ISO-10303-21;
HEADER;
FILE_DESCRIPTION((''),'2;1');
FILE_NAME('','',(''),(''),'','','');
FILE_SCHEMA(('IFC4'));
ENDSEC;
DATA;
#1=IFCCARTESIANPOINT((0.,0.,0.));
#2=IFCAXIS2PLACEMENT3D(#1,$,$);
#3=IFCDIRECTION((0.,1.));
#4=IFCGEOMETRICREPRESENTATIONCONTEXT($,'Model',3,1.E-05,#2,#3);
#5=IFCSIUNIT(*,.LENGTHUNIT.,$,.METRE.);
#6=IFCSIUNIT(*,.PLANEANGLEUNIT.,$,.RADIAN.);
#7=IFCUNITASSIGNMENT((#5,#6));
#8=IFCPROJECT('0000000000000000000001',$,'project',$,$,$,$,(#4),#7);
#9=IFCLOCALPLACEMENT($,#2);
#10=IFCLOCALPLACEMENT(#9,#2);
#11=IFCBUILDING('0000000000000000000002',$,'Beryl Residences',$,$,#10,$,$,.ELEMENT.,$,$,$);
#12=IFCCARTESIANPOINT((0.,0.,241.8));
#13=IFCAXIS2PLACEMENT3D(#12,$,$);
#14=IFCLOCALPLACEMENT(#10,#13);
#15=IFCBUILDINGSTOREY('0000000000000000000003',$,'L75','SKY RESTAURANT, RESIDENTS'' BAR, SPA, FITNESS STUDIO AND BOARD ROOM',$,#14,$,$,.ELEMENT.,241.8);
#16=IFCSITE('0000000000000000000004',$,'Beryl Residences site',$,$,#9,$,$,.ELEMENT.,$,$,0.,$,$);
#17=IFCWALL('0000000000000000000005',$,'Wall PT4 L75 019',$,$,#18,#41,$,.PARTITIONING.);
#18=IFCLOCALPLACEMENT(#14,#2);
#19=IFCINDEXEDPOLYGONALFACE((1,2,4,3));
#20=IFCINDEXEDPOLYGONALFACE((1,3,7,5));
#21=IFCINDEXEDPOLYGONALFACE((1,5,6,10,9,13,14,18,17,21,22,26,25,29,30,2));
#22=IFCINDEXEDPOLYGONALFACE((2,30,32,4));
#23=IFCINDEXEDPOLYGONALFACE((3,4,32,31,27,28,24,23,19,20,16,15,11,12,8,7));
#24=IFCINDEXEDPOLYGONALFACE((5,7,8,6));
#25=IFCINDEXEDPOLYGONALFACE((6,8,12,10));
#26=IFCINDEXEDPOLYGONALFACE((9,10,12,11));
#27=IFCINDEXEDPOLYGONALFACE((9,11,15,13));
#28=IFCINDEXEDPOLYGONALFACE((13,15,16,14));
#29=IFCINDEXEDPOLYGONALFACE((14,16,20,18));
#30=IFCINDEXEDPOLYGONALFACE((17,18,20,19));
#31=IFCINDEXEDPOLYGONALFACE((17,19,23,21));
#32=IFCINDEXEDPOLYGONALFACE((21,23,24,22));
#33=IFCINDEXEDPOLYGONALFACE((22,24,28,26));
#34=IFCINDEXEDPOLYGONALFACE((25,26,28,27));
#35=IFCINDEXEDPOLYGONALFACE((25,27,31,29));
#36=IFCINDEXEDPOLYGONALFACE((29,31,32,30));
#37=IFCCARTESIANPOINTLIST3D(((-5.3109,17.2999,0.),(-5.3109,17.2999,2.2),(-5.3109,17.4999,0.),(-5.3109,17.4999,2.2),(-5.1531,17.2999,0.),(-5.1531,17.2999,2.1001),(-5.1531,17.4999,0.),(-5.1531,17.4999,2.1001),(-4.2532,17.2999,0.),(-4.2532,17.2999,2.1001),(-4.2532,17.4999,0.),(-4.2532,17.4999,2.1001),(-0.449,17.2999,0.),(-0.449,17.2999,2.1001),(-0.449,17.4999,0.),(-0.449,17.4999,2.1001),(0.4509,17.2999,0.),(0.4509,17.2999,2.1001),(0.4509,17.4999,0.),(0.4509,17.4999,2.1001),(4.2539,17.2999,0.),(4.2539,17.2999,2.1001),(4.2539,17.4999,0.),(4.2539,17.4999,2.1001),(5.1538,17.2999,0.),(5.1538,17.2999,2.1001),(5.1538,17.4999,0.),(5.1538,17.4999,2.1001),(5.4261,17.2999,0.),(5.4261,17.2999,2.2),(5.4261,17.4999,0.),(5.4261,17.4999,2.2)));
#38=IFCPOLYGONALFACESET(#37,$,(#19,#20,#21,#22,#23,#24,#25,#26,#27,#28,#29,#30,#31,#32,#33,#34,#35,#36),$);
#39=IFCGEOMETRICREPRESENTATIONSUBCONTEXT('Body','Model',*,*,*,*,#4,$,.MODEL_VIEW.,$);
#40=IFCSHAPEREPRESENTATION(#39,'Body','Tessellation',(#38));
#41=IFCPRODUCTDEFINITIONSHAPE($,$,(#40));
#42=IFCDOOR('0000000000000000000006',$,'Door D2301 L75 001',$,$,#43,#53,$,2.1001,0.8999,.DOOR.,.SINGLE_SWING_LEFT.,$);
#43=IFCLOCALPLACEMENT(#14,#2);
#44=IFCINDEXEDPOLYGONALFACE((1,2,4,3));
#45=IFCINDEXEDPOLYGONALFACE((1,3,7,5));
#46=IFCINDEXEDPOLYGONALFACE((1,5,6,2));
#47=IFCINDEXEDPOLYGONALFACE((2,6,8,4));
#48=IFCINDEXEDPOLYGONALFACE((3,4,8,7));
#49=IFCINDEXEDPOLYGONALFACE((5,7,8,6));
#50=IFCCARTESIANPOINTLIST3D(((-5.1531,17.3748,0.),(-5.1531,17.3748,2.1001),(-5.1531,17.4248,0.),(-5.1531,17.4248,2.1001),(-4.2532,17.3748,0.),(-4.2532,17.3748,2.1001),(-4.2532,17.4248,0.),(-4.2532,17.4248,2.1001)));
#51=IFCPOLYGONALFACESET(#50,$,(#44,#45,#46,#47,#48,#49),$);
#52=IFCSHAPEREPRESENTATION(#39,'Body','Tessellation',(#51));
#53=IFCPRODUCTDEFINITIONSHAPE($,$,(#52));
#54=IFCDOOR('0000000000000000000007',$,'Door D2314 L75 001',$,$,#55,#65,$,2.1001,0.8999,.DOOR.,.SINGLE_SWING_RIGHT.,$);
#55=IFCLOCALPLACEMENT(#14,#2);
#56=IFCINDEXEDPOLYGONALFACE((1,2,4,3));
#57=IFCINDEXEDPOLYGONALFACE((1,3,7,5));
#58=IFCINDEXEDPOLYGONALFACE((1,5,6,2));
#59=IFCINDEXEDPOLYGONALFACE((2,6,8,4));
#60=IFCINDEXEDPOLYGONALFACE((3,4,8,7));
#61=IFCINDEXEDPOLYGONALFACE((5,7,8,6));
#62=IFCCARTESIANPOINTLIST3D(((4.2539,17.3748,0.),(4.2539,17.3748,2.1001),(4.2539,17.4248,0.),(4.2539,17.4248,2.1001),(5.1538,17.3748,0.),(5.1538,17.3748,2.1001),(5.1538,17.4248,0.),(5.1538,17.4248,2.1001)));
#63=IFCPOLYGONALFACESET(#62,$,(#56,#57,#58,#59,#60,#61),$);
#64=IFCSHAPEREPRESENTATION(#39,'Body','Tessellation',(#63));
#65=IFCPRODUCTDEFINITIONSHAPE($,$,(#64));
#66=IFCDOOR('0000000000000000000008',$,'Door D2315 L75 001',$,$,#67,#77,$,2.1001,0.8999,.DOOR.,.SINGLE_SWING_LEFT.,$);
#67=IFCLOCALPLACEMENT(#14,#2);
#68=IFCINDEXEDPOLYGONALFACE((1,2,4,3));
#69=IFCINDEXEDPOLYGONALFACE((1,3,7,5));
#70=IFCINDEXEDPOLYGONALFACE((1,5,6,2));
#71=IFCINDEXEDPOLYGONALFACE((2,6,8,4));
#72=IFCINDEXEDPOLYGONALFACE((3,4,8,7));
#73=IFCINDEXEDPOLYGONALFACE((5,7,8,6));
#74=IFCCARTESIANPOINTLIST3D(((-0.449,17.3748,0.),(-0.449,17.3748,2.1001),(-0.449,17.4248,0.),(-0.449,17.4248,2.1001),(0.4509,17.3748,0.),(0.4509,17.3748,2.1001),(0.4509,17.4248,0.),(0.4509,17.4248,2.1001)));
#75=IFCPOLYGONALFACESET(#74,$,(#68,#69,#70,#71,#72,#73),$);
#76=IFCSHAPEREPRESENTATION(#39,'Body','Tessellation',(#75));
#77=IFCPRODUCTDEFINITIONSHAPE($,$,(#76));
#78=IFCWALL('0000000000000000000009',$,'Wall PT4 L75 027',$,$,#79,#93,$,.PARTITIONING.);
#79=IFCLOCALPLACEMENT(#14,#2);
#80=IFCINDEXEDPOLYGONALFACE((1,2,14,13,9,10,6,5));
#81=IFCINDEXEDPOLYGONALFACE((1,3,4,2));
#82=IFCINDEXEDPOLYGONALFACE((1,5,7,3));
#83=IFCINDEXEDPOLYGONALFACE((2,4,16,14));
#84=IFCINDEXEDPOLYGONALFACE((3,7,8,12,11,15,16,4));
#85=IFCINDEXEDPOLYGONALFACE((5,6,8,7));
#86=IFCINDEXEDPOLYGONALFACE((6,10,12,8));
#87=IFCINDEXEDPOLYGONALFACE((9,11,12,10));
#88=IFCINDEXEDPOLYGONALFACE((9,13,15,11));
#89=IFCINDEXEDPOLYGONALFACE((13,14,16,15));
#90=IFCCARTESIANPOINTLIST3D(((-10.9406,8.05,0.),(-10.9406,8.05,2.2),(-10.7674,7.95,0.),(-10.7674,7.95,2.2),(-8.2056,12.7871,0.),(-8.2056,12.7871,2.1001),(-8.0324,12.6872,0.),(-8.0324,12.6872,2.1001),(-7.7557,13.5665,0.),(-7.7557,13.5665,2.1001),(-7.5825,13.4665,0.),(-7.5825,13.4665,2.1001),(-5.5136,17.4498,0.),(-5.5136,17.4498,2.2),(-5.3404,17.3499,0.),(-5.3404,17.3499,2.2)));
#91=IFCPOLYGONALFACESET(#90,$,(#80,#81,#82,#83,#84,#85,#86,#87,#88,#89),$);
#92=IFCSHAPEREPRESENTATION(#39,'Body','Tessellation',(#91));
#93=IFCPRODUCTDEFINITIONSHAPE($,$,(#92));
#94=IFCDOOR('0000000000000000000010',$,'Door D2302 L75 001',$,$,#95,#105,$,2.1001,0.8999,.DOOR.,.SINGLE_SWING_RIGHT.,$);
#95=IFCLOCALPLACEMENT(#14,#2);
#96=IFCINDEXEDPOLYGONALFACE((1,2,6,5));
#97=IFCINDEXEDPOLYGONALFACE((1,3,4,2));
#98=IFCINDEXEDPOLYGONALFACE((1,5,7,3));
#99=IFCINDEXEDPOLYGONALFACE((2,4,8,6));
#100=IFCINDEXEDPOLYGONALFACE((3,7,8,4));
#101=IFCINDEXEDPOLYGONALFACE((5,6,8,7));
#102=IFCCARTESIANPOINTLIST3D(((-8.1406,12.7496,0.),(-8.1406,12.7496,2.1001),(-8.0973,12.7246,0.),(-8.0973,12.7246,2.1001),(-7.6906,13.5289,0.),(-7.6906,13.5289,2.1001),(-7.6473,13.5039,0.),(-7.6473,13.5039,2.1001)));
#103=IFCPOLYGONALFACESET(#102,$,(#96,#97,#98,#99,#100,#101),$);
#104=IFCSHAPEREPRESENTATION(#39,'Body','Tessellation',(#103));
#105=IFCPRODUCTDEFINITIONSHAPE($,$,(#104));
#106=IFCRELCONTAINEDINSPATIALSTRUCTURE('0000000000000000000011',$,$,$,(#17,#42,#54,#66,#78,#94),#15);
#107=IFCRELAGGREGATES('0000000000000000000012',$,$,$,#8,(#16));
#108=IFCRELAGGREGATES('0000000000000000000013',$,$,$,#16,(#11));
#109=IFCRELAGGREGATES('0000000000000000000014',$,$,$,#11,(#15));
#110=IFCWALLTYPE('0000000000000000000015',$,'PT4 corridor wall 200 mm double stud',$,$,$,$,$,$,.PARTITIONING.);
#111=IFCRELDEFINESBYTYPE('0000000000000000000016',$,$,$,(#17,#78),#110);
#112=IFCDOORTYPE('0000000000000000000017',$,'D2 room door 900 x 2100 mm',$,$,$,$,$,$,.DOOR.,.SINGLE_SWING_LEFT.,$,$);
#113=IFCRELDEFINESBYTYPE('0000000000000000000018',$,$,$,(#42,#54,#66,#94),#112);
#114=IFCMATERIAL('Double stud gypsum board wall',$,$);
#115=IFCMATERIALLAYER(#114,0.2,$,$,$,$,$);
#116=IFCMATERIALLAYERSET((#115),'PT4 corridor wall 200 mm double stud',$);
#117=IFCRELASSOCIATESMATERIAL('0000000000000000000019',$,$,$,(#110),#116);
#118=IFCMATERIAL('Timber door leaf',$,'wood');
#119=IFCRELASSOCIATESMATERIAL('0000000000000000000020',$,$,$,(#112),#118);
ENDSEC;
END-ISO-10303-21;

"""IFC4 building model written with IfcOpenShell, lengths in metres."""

from ifc_helpers import new_model, si_unit, direction, frame, frame_2d, origin, place, context, subcontext, project, spatial, rectangle, extrude, material, layer, layer_set, type_object, element, fill, save


model = new_model("IFC4")

# Units and contexts
model_context = context("Model", 3, precision=1e-05, world=origin(), true_north=direction((0.0, 1.0)))
body_context = subcontext(model_context, "Body", "Model", "MODEL_VIEW")
ifc_project = project(units=[si_unit("LENGTHUNIT", "METRE"), si_unit("PLANEANGLEUNIT", "RADIAN")], contexts=[model_context])

# Site, building, storey
site_placement = place(None, origin())
site = spatial("IfcSite", under=ifc_project, at=site_placement, Name="Beryl Residences site", CompositionType="ELEMENT", RefElevation=0.0)
building_placement = place(site_placement, origin())
building = spatial("IfcBuilding", under=site, at=building_placement, Name="Beryl Residences", CompositionType="ELEMENT")
storey_placement = place(building_placement, frame((0.0, 0.0, 241.8)))
storey = spatial("IfcBuildingStorey", under=building, at=storey_placement, Name="L75", Description="SKY RESTAURANT, RESIDENTS' BAR, SPA, FITNESS STUDIO AND BOARD ROOM", CompositionType="ELEMENT", Elevation=241.8)

# Shared definitions
ifc_material_1 = material(Name="Double stud gypsum board wall")
ifc_layer_1 = layer(ifc_material_1, 0.2)
ifc_layer_set_1 = layer_set([ifc_layer_1], Name="PT4 corridor wall 200 mm double stud")
wall_type_1 = type_object("IfcWallType", Name="PT4 corridor wall 200 mm double stud", PredefinedType="PARTITIONING", material=ifc_layer_set_1)

# Wall, openings, doors
wall_1_placement = place(storey_placement, frame((-5.311, 17.3999, 0.0), z_axis=(0.0, 0.0, 1.0), x_axis=(1.0, 0.0, 0.0)))
wall_1 = element("IfcWall", 1, at=wall_1_placement, inside=storey, type_object=wall_type_1, Name="Wall PT4 L75 019", PredefinedType="PARTITIONING", context=body_context, shape_type="SweptSolid", body=[
    extrude(rectangle(XDim=10.7371, YDim=0.2, at=frame_2d((5.3687, 0.0))), origin(), (0.0, 0.0, 1.0), 2.2),
])
opening_1_placement = place(wall_1_placement, frame((0.158, 0.0, 0.0)))
opening_1 = element("IfcOpeningElement", 2, at=opening_1_placement, cuts=wall_1, PredefinedType="OPENING", context=body_context, shape_type="SweptSolid", body=[
    extrude(rectangle(XDim=0.8999, YDim=2.1001, at=frame_2d((0.45, 1.05))), frame((0.0, 0.1099, 0.0), z_axis=(0.0, -1.0, 0.0), x_axis=(1.0, 0.0, 0.0)), (0.0, 0.0, 1.0), 0.22),
])
opening_2_placement = place(wall_1_placement, frame((9.5649, 0.0, 0.0)))
opening_2 = element("IfcOpeningElement", 3, at=opening_2_placement, cuts=wall_1, PredefinedType="OPENING", context=body_context, shape_type="SweptSolid", body=[
    extrude(rectangle(XDim=0.8999, YDim=2.1001, at=frame_2d((0.45, 1.05))), frame((0.0, 0.1099, 0.0), z_axis=(0.0, -1.0, 0.0), x_axis=(1.0, 0.0, 0.0)), (0.0, 0.0, 1.0), 0.22),
])
opening_3_placement = place(wall_1_placement, frame((4.8621, 0.0, 0.0)))
opening_3 = element("IfcOpeningElement", 4, at=opening_3_placement, cuts=wall_1, PredefinedType="OPENING", context=body_context, shape_type="SweptSolid", body=[
    extrude(rectangle(XDim=0.8999, YDim=2.1001, at=frame_2d((0.45, 1.05))), frame((0.0, 0.1099, 0.0), z_axis=(0.0, -1.0, 0.0), x_axis=(1.0, 0.0, 0.0)), (0.0, 0.0, 1.0), 0.22),
])
ifc_material_2 = material(Name="Timber door leaf", Category="wood")
door_type = type_object("IfcDoorType", Name="D2 room door 900 x 2100 mm", OperationType="SINGLE_SWING_LEFT", PredefinedType="DOOR", material=ifc_material_2)
door_1_placement = place(opening_1_placement, origin())
door_1 = element("IfcDoor", 5, at=door_1_placement, inside=storey, type_object=door_type, Name="Door D2301 L75 001", OperationType="SINGLE_SWING_LEFT", OverallHeight=2.1001, OverallWidth=0.8999, PredefinedType="DOOR", context=body_context, shape_type="SweptSolid", body=[
    extrude(rectangle(XDim=0.8999, YDim=2.1001, at=frame_2d((0.45, 1.05))), frame((0.0, 0.0249, 0.0), z_axis=(0.0, -1.0, 0.0), x_axis=(1.0, 0.0, 0.0)), (0.0, 0.0, 1.0), 0.05),
])
fill(opening_1, door_1)
door_2_placement = place(opening_2_placement, origin())
door_2 = element("IfcDoor", 6, at=door_2_placement, inside=storey, type_object=door_type, Name="Door D2314 L75 001", OperationType="SINGLE_SWING_RIGHT", OverallHeight=2.1001, OverallWidth=0.8999, PredefinedType="DOOR", context=body_context, shape_type="SweptSolid", body=[
    extrude(rectangle(XDim=0.8999, YDim=2.1001, at=frame_2d((0.45, 1.05))), frame((0.0, 0.0249, 0.0), z_axis=(0.0, -1.0, 0.0), x_axis=(1.0, 0.0, 0.0)), (0.0, 0.0, 1.0), 0.05),
])
fill(opening_2, door_2)
door_3_placement = place(opening_3_placement, origin())
door_3 = element("IfcDoor", 7, at=door_3_placement, inside=storey, type_object=door_type, Name="Door D2315 L75 001", OperationType="SINGLE_SWING_LEFT", OverallHeight=2.1001, OverallWidth=0.8999, PredefinedType="DOOR", context=body_context, shape_type="SweptSolid", body=[
    extrude(rectangle(XDim=0.8999, YDim=2.1001, at=frame_2d((0.45, 1.05))), frame((0.0, 0.0249, 0.0), z_axis=(0.0, -1.0, 0.0), x_axis=(1.0, 0.0, 0.0)), (0.0, 0.0, 1.0), 0.05),
])
fill(opening_3, door_3)

# Wall, opening, door
wall_2_placement = place(storey_placement, frame((-10.854, 8.0, 0.0), z_axis=(0.0, 0.0, 1.0), x_axis=(0.499998, 0.866027, 0.0)))
wall_2 = element("IfcWall", 8, at=wall_2_placement, inside=storey, type_object=wall_type_1, Name="Wall PT4 L75 027", PredefinedType="PARTITIONING", context=body_context, shape_type="SweptSolid", body=[
    extrude(rectangle(XDim=10.854, YDim=0.2, at=frame_2d((5.427, 0.0))), origin(), (0.0, 0.0, 1.0), 2.2),
])
opening_4_placement = place(wall_2_placement, frame((5.47, 0.0, 0.0)))
opening_4 = element("IfcOpeningElement", 9, at=opening_4_placement, cuts=wall_2, PredefinedType="OPENING", context=body_context, shape_type="SweptSolid", body=[
    extrude(rectangle(XDim=0.8999, YDim=2.1001, at=frame_2d((0.45, 1.05))), frame((0.0, 0.1099, 0.0), z_axis=(0.0, -1.0, 0.0), x_axis=(1.0, 0.0, 0.0)), (0.0, 0.0, 1.0), 0.22),
])
door_4_placement = place(opening_4_placement, origin())
door_4 = element("IfcDoor", 10, at=door_4_placement, inside=storey, type_object=door_type, Name="Door D2302 L75 001", OperationType="SINGLE_SWING_RIGHT", OverallHeight=2.1001, OverallWidth=0.8999, PredefinedType="DOOR", context=body_context, shape_type="SweptSolid", body=[
    extrude(rectangle(XDim=0.8999, YDim=2.1001, at=frame_2d((0.45, 1.05))), frame((0.0, 0.0249, 0.0), z_axis=(0.0, -1.0, 0.0), x_axis=(1.0, 0.0, 0.0)), (0.0, 0.0, 1.0), 0.05),
])
fill(opening_4, door_4)

save(model, "model.ifc")
